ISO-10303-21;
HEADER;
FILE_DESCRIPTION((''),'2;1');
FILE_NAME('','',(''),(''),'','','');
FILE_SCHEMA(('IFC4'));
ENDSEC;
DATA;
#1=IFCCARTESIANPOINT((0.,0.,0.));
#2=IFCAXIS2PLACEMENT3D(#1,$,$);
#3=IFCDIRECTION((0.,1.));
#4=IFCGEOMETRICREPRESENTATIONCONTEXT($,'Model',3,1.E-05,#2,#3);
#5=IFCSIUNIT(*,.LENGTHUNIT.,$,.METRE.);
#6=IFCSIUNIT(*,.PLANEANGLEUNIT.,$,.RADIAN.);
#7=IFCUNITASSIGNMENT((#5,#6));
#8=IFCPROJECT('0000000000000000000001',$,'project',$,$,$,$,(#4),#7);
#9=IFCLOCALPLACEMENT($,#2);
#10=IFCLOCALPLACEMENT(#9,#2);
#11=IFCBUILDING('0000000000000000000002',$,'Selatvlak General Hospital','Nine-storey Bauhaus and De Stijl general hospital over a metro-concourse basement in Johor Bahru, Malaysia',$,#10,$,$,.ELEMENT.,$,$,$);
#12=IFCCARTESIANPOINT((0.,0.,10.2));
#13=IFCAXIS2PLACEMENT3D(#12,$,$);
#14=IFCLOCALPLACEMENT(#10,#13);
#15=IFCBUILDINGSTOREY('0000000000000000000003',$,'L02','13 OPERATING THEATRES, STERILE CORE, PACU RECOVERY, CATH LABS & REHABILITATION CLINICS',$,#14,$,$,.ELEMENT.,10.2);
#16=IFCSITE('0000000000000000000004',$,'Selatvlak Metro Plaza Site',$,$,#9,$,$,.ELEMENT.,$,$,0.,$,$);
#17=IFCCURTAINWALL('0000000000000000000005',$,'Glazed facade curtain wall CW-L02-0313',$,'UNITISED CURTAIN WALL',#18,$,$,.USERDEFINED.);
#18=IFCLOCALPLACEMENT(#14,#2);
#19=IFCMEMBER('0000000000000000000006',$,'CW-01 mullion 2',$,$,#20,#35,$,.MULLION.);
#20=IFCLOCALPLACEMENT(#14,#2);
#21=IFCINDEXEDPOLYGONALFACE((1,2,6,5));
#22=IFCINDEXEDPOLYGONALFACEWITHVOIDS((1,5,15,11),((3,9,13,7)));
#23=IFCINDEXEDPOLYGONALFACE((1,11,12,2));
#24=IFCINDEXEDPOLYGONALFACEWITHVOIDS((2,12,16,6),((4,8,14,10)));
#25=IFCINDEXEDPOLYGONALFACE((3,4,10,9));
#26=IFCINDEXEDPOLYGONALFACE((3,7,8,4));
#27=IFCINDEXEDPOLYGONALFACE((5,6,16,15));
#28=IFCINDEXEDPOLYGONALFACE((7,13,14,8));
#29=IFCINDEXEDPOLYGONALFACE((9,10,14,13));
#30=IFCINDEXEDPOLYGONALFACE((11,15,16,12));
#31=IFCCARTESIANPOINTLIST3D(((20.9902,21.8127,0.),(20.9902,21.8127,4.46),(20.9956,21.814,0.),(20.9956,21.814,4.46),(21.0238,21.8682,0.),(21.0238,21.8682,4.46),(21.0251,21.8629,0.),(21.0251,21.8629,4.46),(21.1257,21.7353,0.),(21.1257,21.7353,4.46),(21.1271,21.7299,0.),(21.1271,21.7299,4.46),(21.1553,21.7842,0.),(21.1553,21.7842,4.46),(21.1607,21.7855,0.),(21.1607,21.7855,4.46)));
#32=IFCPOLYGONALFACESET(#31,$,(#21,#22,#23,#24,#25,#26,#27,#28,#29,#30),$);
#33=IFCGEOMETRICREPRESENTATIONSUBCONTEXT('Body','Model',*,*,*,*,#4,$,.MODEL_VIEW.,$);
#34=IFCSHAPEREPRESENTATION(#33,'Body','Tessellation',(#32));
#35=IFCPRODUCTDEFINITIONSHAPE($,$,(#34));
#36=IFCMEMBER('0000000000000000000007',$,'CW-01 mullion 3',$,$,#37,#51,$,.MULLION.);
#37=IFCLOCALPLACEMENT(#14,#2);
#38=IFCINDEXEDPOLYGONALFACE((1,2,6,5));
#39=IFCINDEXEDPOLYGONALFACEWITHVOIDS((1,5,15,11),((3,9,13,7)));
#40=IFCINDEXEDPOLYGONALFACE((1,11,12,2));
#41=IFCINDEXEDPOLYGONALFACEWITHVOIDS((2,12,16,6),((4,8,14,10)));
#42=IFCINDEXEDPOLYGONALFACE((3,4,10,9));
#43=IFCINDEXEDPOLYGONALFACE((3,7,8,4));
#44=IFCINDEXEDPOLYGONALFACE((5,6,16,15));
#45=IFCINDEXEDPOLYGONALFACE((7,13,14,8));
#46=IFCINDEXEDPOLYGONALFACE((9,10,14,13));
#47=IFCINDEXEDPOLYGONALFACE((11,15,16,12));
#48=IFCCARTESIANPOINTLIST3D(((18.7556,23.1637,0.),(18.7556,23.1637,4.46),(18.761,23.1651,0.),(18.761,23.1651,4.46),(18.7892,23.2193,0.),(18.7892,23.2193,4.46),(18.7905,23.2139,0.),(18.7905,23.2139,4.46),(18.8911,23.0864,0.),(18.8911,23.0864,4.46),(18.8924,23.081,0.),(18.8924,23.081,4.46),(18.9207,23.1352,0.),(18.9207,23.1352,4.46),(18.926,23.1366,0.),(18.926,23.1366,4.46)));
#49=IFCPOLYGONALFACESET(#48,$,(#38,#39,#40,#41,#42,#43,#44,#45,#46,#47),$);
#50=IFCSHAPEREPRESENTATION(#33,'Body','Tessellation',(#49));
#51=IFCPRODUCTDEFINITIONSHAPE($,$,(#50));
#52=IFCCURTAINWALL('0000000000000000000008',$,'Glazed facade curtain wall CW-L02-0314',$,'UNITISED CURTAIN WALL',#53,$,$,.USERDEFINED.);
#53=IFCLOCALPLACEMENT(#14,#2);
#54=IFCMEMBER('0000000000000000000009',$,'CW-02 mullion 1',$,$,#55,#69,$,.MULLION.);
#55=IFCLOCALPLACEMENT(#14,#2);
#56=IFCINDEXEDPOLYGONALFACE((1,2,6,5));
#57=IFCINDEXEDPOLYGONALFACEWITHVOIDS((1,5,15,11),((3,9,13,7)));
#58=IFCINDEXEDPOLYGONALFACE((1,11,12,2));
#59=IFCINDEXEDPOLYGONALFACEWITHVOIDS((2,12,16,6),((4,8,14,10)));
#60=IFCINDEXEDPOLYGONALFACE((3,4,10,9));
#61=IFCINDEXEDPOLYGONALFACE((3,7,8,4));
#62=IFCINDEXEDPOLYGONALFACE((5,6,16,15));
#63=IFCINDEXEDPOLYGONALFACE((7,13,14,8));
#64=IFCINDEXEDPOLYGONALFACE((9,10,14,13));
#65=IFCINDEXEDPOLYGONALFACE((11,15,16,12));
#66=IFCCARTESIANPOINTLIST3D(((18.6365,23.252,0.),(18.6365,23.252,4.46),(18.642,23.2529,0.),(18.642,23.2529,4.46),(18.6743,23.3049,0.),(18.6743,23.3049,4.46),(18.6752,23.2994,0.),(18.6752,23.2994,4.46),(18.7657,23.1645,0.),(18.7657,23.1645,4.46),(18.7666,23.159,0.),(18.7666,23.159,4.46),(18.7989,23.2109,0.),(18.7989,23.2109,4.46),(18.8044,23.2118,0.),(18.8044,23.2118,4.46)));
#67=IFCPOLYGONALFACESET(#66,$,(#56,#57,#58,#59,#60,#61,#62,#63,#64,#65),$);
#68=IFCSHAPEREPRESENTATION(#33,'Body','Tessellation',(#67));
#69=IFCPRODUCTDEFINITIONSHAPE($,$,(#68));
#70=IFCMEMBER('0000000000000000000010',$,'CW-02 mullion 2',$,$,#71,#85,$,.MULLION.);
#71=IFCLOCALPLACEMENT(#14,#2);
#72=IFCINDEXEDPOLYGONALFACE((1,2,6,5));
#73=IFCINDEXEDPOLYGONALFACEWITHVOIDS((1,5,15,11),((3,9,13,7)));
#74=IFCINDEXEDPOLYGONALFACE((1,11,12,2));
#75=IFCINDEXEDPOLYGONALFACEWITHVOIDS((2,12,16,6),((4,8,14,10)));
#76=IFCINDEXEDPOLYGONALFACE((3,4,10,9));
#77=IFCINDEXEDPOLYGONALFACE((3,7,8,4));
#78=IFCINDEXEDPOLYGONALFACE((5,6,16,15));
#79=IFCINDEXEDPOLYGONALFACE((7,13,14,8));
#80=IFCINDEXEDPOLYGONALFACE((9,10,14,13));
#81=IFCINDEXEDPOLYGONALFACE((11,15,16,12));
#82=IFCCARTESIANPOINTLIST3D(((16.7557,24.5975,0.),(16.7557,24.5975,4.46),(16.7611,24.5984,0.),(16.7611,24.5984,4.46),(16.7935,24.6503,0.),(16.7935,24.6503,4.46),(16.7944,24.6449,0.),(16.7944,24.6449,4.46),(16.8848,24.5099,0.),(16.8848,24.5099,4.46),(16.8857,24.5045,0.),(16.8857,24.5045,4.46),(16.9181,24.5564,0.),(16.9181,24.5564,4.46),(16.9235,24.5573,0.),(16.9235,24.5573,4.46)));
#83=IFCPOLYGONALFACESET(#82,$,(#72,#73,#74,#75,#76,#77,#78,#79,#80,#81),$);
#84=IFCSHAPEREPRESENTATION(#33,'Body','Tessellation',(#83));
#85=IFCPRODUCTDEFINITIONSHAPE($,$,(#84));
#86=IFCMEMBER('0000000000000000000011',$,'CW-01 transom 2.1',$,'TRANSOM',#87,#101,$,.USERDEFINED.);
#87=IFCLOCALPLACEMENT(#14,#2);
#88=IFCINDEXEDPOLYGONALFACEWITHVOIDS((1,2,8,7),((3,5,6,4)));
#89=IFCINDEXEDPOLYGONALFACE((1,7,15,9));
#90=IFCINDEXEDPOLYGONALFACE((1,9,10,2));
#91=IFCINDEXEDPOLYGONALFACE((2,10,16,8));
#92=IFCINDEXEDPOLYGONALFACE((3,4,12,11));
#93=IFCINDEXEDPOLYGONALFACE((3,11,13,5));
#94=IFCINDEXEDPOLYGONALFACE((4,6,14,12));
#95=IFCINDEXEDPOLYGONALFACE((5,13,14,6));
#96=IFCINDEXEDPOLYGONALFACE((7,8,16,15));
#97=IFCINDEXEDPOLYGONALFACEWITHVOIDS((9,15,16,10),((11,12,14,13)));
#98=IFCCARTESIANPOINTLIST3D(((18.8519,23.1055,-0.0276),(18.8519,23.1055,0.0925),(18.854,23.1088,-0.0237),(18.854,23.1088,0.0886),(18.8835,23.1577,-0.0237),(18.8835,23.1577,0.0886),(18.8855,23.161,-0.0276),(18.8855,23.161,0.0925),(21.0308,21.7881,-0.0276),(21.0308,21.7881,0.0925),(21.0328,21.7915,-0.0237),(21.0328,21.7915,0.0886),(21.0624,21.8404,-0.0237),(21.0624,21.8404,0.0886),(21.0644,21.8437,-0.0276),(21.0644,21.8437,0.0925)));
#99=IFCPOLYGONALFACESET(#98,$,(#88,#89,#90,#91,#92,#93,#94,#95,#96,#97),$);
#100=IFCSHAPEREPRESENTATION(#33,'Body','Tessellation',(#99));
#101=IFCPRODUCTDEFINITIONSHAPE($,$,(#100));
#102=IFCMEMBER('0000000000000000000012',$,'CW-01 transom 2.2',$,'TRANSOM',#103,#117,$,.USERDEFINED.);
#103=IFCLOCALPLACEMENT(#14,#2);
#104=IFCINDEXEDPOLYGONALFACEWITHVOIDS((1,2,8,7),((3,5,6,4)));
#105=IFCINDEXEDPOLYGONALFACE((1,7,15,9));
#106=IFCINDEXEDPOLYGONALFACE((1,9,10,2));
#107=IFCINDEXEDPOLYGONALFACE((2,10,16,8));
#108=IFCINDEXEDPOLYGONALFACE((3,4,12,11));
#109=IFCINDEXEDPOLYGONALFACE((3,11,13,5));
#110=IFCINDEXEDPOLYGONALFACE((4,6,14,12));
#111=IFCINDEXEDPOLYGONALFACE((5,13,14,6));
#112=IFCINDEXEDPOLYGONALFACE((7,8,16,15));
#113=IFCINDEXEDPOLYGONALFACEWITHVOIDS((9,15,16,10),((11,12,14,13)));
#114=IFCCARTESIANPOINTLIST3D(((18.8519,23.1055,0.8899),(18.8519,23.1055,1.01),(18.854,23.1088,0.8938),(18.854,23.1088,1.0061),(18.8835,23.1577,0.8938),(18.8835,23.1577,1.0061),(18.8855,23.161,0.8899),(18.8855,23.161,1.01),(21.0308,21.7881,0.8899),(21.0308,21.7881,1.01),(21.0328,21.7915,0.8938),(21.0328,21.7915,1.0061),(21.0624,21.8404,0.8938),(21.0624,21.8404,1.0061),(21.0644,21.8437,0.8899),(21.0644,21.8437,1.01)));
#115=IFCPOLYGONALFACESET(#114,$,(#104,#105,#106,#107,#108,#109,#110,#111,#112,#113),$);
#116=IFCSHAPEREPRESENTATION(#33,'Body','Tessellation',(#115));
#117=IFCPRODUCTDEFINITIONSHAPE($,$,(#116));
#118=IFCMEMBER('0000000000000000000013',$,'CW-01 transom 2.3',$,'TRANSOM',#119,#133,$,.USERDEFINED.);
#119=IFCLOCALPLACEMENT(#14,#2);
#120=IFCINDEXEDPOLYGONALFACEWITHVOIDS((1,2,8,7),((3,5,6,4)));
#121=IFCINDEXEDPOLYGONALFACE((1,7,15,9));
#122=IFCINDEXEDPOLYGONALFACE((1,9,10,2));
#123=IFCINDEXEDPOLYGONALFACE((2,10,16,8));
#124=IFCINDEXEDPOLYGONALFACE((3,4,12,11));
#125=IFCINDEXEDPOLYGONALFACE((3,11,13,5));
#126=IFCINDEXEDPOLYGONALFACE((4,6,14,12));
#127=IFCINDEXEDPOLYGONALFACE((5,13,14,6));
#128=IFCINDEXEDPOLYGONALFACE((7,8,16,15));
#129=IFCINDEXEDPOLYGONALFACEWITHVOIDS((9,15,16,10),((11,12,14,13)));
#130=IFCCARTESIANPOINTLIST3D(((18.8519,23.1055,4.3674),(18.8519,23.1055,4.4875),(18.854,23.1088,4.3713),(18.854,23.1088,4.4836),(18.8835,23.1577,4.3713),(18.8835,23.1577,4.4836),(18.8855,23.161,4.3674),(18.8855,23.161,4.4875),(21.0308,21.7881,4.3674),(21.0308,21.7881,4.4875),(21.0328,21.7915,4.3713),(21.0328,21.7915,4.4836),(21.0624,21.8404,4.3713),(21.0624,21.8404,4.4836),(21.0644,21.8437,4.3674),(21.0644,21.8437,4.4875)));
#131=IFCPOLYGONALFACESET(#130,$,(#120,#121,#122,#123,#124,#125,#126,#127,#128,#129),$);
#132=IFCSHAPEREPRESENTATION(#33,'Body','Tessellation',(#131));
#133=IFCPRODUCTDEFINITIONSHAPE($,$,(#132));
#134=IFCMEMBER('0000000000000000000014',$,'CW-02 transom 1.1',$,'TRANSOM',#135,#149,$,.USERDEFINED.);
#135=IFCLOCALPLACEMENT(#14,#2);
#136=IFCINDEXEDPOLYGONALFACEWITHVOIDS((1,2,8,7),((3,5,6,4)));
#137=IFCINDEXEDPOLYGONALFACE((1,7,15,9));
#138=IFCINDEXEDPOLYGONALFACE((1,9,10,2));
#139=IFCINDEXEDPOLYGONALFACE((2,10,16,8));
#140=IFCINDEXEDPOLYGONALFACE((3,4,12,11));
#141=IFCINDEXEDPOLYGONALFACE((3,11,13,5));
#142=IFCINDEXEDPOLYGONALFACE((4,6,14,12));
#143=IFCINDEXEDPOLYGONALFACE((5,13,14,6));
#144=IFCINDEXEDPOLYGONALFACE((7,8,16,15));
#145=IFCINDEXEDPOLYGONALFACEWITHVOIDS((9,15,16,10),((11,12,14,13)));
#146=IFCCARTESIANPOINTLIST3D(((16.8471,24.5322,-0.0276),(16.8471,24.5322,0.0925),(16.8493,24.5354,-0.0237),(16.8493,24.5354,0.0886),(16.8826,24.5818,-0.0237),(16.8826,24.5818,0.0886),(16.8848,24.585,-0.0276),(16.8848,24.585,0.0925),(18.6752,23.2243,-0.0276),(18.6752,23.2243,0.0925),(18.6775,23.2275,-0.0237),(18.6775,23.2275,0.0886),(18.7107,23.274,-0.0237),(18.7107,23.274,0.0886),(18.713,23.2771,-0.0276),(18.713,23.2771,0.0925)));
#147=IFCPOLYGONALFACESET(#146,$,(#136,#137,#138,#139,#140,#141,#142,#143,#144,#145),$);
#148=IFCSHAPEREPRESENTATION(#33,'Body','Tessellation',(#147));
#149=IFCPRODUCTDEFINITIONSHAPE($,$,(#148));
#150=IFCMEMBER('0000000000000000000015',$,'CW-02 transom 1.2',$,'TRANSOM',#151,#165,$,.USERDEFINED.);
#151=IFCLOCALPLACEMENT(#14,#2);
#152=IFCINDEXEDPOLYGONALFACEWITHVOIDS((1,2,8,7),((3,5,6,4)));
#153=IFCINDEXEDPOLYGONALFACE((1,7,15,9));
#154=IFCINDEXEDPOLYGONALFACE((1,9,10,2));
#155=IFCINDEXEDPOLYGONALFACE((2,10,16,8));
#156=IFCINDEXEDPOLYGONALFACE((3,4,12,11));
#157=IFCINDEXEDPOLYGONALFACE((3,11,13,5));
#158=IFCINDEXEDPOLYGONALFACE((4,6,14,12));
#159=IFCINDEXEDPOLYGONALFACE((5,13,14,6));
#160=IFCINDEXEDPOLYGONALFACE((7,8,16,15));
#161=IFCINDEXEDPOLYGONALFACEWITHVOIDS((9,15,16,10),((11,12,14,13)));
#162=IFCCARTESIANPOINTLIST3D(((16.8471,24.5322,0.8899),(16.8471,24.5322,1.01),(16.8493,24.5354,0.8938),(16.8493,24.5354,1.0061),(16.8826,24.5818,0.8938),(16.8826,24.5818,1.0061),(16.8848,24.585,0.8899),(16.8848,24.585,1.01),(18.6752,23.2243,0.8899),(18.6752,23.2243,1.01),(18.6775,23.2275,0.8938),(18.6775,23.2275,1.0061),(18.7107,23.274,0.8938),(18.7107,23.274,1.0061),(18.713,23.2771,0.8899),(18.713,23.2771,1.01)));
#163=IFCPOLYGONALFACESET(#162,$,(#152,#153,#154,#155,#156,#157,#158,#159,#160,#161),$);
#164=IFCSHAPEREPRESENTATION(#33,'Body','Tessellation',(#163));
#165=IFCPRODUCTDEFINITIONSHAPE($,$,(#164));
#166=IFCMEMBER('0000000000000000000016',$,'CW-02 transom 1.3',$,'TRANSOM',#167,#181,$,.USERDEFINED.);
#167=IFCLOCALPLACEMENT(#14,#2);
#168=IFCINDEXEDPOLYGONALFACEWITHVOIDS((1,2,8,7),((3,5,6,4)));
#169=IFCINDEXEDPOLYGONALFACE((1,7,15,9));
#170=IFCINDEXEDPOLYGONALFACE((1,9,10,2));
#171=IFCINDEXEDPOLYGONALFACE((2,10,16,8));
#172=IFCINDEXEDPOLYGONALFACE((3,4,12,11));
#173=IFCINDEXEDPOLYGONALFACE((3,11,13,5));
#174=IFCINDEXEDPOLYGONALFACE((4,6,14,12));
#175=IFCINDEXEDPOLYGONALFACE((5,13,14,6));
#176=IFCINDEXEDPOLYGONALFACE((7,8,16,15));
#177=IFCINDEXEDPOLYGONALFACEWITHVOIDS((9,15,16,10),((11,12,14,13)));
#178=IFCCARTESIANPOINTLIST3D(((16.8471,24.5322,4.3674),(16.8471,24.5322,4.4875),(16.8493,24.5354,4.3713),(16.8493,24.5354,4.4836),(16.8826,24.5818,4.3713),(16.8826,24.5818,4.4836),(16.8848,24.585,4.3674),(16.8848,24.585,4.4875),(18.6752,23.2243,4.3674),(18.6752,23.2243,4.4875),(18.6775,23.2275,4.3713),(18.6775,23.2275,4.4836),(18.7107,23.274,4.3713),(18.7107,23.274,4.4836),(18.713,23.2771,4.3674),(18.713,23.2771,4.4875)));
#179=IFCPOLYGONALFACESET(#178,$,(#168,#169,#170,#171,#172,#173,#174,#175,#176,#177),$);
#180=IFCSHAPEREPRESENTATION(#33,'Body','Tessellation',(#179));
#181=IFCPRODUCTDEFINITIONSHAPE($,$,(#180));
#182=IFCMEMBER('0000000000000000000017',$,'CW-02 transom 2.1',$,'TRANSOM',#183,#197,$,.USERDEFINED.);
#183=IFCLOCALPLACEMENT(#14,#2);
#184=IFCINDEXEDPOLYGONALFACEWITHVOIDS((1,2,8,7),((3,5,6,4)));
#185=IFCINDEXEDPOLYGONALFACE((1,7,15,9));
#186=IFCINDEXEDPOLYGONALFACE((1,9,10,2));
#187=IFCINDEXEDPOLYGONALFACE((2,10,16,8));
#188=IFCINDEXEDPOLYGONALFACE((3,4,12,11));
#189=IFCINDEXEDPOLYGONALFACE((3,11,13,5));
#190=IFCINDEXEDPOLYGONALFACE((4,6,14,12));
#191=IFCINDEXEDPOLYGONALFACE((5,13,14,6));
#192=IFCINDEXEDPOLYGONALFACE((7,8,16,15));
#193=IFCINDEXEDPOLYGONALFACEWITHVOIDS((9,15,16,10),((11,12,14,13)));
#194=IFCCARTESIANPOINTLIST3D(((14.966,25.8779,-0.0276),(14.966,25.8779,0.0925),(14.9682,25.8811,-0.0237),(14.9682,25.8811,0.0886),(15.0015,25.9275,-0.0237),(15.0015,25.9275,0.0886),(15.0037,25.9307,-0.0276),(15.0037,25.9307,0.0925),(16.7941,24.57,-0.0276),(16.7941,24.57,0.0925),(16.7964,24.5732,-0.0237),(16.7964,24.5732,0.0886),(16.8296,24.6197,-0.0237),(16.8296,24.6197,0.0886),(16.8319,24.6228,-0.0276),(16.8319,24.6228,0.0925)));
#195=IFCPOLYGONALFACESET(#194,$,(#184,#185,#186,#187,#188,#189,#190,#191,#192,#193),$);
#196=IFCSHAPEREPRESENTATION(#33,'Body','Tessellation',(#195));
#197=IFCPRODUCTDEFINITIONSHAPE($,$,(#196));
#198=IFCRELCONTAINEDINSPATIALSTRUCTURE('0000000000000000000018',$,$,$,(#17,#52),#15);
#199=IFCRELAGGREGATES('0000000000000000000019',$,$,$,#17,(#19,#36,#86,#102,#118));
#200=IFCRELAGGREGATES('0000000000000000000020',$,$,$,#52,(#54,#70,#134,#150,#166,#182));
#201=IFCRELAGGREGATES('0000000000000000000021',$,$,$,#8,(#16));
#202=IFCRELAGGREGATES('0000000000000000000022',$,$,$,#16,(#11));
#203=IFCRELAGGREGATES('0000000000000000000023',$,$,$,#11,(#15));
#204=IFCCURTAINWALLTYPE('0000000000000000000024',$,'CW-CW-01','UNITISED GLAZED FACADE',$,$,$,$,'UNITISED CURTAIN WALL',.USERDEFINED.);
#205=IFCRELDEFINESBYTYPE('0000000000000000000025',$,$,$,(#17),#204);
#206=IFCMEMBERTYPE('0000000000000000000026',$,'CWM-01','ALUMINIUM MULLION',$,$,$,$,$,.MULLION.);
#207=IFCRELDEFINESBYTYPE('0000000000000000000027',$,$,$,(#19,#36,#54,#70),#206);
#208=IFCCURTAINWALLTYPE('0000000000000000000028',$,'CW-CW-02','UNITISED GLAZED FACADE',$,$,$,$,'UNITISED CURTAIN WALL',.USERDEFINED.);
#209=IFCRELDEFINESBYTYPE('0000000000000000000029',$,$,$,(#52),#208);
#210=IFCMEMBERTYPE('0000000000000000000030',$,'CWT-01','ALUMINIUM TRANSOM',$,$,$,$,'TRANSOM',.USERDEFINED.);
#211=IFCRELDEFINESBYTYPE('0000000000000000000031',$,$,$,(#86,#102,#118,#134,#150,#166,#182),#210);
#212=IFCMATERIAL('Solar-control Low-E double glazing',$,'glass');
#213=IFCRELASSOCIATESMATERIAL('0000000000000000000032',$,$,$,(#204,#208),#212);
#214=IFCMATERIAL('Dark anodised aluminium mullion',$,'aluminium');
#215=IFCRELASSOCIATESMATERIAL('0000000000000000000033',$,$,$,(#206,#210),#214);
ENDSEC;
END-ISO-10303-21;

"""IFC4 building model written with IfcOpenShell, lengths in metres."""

from ifc_helpers import new_model, si_unit, direction, frame, origin, origin_2d, place, context, subcontext, project, spatial, hollow_rectangle, extrude, material, material_profile, profile_set, type_object, element, aggregate, save


model = new_model("IFC4")

# Units and contexts
model_context = context("Model", 3, precision=1e-05, world=origin(), true_north=direction((0.0, 1.0)))
body_context = subcontext(model_context, "Body", "Model", "MODEL_VIEW")
ifc_project = project(units=[si_unit("LENGTHUNIT", "METRE"), si_unit("PLANEANGLEUNIT", "RADIAN")], contexts=[model_context])

# Site, building, storey
site_placement = place(None, origin())
site = spatial("IfcSite", under=ifc_project, at=site_placement, Name="Selatvlak Metro Plaza Site", CompositionType="ELEMENT", RefElevation=0.0)
building_placement = place(site_placement, origin())
building = spatial("IfcBuilding", under=site, at=building_placement, Name="Selatvlak General Hospital", Description="Nine-storey Bauhaus and De Stijl general hospital over a metro-concourse basement in Johor Bahru, Malaysia", CompositionType="ELEMENT")
storey_placement = place(building_placement, frame((0.0, 0.0, 10.2)))
storey = spatial("IfcBuildingStorey", under=building, at=storey_placement, Name="L02", Description="13 OPERATING THEATRES, STERILE CORE, PACU RECOVERY, CATH LABS & REHABILITATION CLINICS", CompositionType="ELEMENT", Elevation=10.2)

# Curtain walls, members
ifc_material_1 = material(Name="Solar-control Low-E double glazing", Category="glass")
curtain_wall_type_1 = type_object("IfcCurtainWallType", Name="CW-CW-01", Description="UNITISED GLAZED FACADE", ElementType="UNITISED CURTAIN WALL", PredefinedType="USERDEFINED", material=ifc_material_1)
curtain_wall_1_placement = place(storey_placement, origin())
curtain_wall_1 = element("IfcCurtainWall", 1, at=curtain_wall_1_placement, inside=storey, type_object=curtain_wall_type_1, Name="Glazed facade curtain wall CW-L02-0313", ObjectType="UNITISED CURTAIN WALL", PredefinedType="USERDEFINED")
ifc_material_2 = material(Name="Dark anodised aluminium mullion", Category="aluminium")
ifc_material_profile_1 = material_profile(ifc_material_2, hollow_rectangle(XDim=0.0649, YDim=0.1599, WallThickness=0.0039, at=origin_2d()), Name="AL-MUL 65x160x4")
ifc_profile_set_1 = profile_set([ifc_material_profile_1], Name="Dark anodised aluminium mullion")
member_type_1 = type_object("IfcMemberType", Name="CWM-01", Description="ALUMINIUM MULLION", PredefinedType="MULLION", material=ifc_profile_set_1)
member_1_placement = place(storey_placement, frame((21.0754, 21.7991, 0.0), z_axis=(0.0, 0.0, 1.0), x_axis=(-0.517413, -0.855736, 0.0)))
member_1 = element("IfcMember", 2, at=member_1_placement, type_object=member_type_1, Name="CW-01 mullion 2", PredefinedType="MULLION", context=body_context, shape_type="SweptSolid", body=[
    extrude(hollow_rectangle(XDim=0.0649, YDim=0.1599, WallThickness=0.0039, at=origin_2d()), origin(), (0.0, 0.0, 1.0), 4.46),
])
member_2_placement = place(storey_placement, frame((18.8408, 23.1501, 0.0), z_axis=(0.0, 0.0, 1.0), x_axis=(-0.517413, -0.855736, 0.0)))
member_2 = element("IfcMember", 3, at=member_2_placement, type_object=member_type_1, Name="CW-01 mullion 3", PredefinedType="MULLION", context=body_context, shape_type="SweptSolid", body=[
    extrude(hollow_rectangle(XDim=0.0649, YDim=0.1599, WallThickness=0.0039, at=origin_2d()), origin(), (0.0, 0.0, 1.0), 4.46),
])
curtain_wall_type_2 = type_object("IfcCurtainWallType", Name="CW-CW-02", Description="UNITISED GLAZED FACADE", ElementType="UNITISED CURTAIN WALL", PredefinedType="USERDEFINED", material=ifc_material_1)
curtain_wall_2_placement = place(storey_placement, origin())
curtain_wall_2 = element("IfcCurtainWall", 4, at=curtain_wall_2_placement, inside=storey, type_object=curtain_wall_type_2, Name="Glazed facade curtain wall CW-L02-0314", ObjectType="UNITISED CURTAIN WALL", PredefinedType="USERDEFINED")
member_3_placement = place(storey_placement, frame((18.7205, 23.2319, 0.0), z_axis=(0.0, 0.0, 1.0), x_axis=(-0.581803, -0.81333, 0.0)))
member_3 = element("IfcMember", 5, at=member_3_placement, type_object=member_type_1, Name="CW-02 mullion 1", PredefinedType="MULLION", context=body_context, shape_type="SweptSolid", body=[
    extrude(hollow_rectangle(XDim=0.0649, YDim=0.1599, WallThickness=0.0039, at=origin_2d()), origin(), (0.0, 0.0, 1.0), 4.46),
])
member_4_placement = place(storey_placement, frame((16.8396, 24.5774, 0.0), z_axis=(0.0, 0.0, 1.0), x_axis=(-0.581803, -0.81333, 0.0)))
member_4 = element("IfcMember", 6, at=member_4_placement, type_object=member_type_1, Name="CW-02 mullion 2", PredefinedType="MULLION", context=body_context, shape_type="SweptSolid", body=[
    extrude(hollow_rectangle(XDim=0.0649, YDim=0.1599, WallThickness=0.0039, at=origin_2d()), origin(), (0.0, 0.0, 1.0), 4.46),
])

# Members
ifc_material_profile_2 = material_profile(ifc_material_2, hollow_rectangle(XDim=0.0649, YDim=0.1201, WallThickness=0.0039, at=origin_2d()), Name="AL-TRN 65x120x4")
ifc_profile_set_2 = profile_set([ifc_material_profile_2], Name="Dark anodised aluminium mullion")
member_type_2 = type_object("IfcMemberType", Name="CWT-01", Description="ALUMINIUM TRANSOM", ElementType="TRANSOM", PredefinedType="USERDEFINED", material=ifc_profile_set_2)
member_5_placement = place(storey_placement, frame((21.0476, 21.8159, 0.0325), z_axis=(-0.855754, 0.517383, 0.0), x_axis=(-0.517383, -0.855754, 0.0)))
member_5 = element("IfcMember", 7, at=member_5_placement, type_object=member_type_2, Name="CW-01 transom 2.1", ObjectType="TRANSOM", PredefinedType="USERDEFINED", context=body_context, shape_type="SweptSolid", body=[
    extrude(hollow_rectangle(XDim=0.0649, YDim=0.1201, WallThickness=0.0039, at=origin_2d()), origin(), (0.0, 0.0, 1.0), 2.5461),
])
member_6_placement = place(storey_placement, frame((21.0476, 21.8159, 0.95), z_axis=(-0.855754, 0.517383, 0.0), x_axis=(-0.517383, -0.855754, 0.0)))
member_6 = element("IfcMember", 8, at=member_6_placement, type_object=member_type_2, Name="CW-01 transom 2.2", ObjectType="TRANSOM", PredefinedType="USERDEFINED", context=body_context, shape_type="SweptSolid", body=[
    extrude(hollow_rectangle(XDim=0.0649, YDim=0.1201, WallThickness=0.0039, at=origin_2d()), origin(), (0.0, 0.0, 1.0), 2.5461),
])
member_7_placement = place(storey_placement, frame((21.0476, 21.8159, 4.4275), z_axis=(-0.855754, 0.517383, 0.0), x_axis=(-0.517383, -0.855754, 0.0)))
member_7 = element("IfcMember", 9, at=member_7_placement, type_object=member_type_2, Name="CW-01 transom 2.3", ObjectType="TRANSOM", PredefinedType="USERDEFINED", context=body_context, shape_type="SweptSolid", body=[
    extrude(hollow_rectangle(XDim=0.0649, YDim=0.1201, WallThickness=0.0039, at=origin_2d()), origin(), (0.0, 0.0, 1.0), 2.5461),
])
member_8_placement = place(storey_placement, frame((18.6941, 23.2507, 0.0325), z_axis=(-0.8133, 0.581844, 0.0), x_axis=(-0.581844, -0.8133, 0.0)))
member_8 = element("IfcMember", 10, at=member_8_placement, type_object=member_type_2, Name="CW-02 transom 1.1", ObjectType="TRANSOM", PredefinedType="USERDEFINED", context=body_context, shape_type="SweptSolid", body=[
    extrude(hollow_rectangle(XDim=0.0649, YDim=0.1201, WallThickness=0.0039, at=origin_2d()), origin(), (0.0, 0.0, 1.0), 2.2478),
])
member_9_placement = place(storey_placement, frame((18.6941, 23.2507, 0.95), z_axis=(-0.8133, 0.581844, 0.0), x_axis=(-0.581844, -0.8133, 0.0)))
member_9 = element("IfcMember", 11, at=member_9_placement, type_object=member_type_2, Name="CW-02 transom 1.2", ObjectType="TRANSOM", PredefinedType="USERDEFINED", context=body_context, shape_type="SweptSolid", body=[
    extrude(hollow_rectangle(XDim=0.0649, YDim=0.1201, WallThickness=0.0039, at=origin_2d()), origin(), (0.0, 0.0, 1.0), 2.2478),
])
member_10_placement = place(storey_placement, frame((18.6941, 23.2507, 4.4275), z_axis=(-0.8133, 0.581844, 0.0), x_axis=(-0.581844, -0.8133, 0.0)))
member_10 = element("IfcMember", 12, at=member_10_placement, type_object=member_type_2, Name="CW-02 transom 1.3", ObjectType="TRANSOM", PredefinedType="USERDEFINED", context=body_context, shape_type="SweptSolid", body=[
    extrude(hollow_rectangle(XDim=0.0649, YDim=0.1201, WallThickness=0.0039, at=origin_2d()), origin(), (0.0, 0.0, 1.0), 2.2478),
])
member_11_placement = place(storey_placement, frame((16.813, 24.5964, 0.0325), z_axis=(-0.8133, 0.581844, 0.0), x_axis=(-0.581844, -0.8133, 0.0)))
member_11 = element("IfcMember", 13, at=member_11_placement, type_object=member_type_2, Name="CW-02 transom 2.1", ObjectType="TRANSOM", PredefinedType="USERDEFINED", context=body_context, shape_type="SweptSolid", body=[
    extrude(hollow_rectangle(XDim=0.0649, YDim=0.1201, WallThickness=0.0039, at=origin_2d()), origin(), (0.0, 0.0, 1.0), 2.2478),
])

aggregate(curtain_wall_1, [member_1, member_2, member_5, member_6, member_7])
aggregate(curtain_wall_2, [member_3, member_4, member_8, member_9, member_10, member_11])

save(model, "model.ifc")
